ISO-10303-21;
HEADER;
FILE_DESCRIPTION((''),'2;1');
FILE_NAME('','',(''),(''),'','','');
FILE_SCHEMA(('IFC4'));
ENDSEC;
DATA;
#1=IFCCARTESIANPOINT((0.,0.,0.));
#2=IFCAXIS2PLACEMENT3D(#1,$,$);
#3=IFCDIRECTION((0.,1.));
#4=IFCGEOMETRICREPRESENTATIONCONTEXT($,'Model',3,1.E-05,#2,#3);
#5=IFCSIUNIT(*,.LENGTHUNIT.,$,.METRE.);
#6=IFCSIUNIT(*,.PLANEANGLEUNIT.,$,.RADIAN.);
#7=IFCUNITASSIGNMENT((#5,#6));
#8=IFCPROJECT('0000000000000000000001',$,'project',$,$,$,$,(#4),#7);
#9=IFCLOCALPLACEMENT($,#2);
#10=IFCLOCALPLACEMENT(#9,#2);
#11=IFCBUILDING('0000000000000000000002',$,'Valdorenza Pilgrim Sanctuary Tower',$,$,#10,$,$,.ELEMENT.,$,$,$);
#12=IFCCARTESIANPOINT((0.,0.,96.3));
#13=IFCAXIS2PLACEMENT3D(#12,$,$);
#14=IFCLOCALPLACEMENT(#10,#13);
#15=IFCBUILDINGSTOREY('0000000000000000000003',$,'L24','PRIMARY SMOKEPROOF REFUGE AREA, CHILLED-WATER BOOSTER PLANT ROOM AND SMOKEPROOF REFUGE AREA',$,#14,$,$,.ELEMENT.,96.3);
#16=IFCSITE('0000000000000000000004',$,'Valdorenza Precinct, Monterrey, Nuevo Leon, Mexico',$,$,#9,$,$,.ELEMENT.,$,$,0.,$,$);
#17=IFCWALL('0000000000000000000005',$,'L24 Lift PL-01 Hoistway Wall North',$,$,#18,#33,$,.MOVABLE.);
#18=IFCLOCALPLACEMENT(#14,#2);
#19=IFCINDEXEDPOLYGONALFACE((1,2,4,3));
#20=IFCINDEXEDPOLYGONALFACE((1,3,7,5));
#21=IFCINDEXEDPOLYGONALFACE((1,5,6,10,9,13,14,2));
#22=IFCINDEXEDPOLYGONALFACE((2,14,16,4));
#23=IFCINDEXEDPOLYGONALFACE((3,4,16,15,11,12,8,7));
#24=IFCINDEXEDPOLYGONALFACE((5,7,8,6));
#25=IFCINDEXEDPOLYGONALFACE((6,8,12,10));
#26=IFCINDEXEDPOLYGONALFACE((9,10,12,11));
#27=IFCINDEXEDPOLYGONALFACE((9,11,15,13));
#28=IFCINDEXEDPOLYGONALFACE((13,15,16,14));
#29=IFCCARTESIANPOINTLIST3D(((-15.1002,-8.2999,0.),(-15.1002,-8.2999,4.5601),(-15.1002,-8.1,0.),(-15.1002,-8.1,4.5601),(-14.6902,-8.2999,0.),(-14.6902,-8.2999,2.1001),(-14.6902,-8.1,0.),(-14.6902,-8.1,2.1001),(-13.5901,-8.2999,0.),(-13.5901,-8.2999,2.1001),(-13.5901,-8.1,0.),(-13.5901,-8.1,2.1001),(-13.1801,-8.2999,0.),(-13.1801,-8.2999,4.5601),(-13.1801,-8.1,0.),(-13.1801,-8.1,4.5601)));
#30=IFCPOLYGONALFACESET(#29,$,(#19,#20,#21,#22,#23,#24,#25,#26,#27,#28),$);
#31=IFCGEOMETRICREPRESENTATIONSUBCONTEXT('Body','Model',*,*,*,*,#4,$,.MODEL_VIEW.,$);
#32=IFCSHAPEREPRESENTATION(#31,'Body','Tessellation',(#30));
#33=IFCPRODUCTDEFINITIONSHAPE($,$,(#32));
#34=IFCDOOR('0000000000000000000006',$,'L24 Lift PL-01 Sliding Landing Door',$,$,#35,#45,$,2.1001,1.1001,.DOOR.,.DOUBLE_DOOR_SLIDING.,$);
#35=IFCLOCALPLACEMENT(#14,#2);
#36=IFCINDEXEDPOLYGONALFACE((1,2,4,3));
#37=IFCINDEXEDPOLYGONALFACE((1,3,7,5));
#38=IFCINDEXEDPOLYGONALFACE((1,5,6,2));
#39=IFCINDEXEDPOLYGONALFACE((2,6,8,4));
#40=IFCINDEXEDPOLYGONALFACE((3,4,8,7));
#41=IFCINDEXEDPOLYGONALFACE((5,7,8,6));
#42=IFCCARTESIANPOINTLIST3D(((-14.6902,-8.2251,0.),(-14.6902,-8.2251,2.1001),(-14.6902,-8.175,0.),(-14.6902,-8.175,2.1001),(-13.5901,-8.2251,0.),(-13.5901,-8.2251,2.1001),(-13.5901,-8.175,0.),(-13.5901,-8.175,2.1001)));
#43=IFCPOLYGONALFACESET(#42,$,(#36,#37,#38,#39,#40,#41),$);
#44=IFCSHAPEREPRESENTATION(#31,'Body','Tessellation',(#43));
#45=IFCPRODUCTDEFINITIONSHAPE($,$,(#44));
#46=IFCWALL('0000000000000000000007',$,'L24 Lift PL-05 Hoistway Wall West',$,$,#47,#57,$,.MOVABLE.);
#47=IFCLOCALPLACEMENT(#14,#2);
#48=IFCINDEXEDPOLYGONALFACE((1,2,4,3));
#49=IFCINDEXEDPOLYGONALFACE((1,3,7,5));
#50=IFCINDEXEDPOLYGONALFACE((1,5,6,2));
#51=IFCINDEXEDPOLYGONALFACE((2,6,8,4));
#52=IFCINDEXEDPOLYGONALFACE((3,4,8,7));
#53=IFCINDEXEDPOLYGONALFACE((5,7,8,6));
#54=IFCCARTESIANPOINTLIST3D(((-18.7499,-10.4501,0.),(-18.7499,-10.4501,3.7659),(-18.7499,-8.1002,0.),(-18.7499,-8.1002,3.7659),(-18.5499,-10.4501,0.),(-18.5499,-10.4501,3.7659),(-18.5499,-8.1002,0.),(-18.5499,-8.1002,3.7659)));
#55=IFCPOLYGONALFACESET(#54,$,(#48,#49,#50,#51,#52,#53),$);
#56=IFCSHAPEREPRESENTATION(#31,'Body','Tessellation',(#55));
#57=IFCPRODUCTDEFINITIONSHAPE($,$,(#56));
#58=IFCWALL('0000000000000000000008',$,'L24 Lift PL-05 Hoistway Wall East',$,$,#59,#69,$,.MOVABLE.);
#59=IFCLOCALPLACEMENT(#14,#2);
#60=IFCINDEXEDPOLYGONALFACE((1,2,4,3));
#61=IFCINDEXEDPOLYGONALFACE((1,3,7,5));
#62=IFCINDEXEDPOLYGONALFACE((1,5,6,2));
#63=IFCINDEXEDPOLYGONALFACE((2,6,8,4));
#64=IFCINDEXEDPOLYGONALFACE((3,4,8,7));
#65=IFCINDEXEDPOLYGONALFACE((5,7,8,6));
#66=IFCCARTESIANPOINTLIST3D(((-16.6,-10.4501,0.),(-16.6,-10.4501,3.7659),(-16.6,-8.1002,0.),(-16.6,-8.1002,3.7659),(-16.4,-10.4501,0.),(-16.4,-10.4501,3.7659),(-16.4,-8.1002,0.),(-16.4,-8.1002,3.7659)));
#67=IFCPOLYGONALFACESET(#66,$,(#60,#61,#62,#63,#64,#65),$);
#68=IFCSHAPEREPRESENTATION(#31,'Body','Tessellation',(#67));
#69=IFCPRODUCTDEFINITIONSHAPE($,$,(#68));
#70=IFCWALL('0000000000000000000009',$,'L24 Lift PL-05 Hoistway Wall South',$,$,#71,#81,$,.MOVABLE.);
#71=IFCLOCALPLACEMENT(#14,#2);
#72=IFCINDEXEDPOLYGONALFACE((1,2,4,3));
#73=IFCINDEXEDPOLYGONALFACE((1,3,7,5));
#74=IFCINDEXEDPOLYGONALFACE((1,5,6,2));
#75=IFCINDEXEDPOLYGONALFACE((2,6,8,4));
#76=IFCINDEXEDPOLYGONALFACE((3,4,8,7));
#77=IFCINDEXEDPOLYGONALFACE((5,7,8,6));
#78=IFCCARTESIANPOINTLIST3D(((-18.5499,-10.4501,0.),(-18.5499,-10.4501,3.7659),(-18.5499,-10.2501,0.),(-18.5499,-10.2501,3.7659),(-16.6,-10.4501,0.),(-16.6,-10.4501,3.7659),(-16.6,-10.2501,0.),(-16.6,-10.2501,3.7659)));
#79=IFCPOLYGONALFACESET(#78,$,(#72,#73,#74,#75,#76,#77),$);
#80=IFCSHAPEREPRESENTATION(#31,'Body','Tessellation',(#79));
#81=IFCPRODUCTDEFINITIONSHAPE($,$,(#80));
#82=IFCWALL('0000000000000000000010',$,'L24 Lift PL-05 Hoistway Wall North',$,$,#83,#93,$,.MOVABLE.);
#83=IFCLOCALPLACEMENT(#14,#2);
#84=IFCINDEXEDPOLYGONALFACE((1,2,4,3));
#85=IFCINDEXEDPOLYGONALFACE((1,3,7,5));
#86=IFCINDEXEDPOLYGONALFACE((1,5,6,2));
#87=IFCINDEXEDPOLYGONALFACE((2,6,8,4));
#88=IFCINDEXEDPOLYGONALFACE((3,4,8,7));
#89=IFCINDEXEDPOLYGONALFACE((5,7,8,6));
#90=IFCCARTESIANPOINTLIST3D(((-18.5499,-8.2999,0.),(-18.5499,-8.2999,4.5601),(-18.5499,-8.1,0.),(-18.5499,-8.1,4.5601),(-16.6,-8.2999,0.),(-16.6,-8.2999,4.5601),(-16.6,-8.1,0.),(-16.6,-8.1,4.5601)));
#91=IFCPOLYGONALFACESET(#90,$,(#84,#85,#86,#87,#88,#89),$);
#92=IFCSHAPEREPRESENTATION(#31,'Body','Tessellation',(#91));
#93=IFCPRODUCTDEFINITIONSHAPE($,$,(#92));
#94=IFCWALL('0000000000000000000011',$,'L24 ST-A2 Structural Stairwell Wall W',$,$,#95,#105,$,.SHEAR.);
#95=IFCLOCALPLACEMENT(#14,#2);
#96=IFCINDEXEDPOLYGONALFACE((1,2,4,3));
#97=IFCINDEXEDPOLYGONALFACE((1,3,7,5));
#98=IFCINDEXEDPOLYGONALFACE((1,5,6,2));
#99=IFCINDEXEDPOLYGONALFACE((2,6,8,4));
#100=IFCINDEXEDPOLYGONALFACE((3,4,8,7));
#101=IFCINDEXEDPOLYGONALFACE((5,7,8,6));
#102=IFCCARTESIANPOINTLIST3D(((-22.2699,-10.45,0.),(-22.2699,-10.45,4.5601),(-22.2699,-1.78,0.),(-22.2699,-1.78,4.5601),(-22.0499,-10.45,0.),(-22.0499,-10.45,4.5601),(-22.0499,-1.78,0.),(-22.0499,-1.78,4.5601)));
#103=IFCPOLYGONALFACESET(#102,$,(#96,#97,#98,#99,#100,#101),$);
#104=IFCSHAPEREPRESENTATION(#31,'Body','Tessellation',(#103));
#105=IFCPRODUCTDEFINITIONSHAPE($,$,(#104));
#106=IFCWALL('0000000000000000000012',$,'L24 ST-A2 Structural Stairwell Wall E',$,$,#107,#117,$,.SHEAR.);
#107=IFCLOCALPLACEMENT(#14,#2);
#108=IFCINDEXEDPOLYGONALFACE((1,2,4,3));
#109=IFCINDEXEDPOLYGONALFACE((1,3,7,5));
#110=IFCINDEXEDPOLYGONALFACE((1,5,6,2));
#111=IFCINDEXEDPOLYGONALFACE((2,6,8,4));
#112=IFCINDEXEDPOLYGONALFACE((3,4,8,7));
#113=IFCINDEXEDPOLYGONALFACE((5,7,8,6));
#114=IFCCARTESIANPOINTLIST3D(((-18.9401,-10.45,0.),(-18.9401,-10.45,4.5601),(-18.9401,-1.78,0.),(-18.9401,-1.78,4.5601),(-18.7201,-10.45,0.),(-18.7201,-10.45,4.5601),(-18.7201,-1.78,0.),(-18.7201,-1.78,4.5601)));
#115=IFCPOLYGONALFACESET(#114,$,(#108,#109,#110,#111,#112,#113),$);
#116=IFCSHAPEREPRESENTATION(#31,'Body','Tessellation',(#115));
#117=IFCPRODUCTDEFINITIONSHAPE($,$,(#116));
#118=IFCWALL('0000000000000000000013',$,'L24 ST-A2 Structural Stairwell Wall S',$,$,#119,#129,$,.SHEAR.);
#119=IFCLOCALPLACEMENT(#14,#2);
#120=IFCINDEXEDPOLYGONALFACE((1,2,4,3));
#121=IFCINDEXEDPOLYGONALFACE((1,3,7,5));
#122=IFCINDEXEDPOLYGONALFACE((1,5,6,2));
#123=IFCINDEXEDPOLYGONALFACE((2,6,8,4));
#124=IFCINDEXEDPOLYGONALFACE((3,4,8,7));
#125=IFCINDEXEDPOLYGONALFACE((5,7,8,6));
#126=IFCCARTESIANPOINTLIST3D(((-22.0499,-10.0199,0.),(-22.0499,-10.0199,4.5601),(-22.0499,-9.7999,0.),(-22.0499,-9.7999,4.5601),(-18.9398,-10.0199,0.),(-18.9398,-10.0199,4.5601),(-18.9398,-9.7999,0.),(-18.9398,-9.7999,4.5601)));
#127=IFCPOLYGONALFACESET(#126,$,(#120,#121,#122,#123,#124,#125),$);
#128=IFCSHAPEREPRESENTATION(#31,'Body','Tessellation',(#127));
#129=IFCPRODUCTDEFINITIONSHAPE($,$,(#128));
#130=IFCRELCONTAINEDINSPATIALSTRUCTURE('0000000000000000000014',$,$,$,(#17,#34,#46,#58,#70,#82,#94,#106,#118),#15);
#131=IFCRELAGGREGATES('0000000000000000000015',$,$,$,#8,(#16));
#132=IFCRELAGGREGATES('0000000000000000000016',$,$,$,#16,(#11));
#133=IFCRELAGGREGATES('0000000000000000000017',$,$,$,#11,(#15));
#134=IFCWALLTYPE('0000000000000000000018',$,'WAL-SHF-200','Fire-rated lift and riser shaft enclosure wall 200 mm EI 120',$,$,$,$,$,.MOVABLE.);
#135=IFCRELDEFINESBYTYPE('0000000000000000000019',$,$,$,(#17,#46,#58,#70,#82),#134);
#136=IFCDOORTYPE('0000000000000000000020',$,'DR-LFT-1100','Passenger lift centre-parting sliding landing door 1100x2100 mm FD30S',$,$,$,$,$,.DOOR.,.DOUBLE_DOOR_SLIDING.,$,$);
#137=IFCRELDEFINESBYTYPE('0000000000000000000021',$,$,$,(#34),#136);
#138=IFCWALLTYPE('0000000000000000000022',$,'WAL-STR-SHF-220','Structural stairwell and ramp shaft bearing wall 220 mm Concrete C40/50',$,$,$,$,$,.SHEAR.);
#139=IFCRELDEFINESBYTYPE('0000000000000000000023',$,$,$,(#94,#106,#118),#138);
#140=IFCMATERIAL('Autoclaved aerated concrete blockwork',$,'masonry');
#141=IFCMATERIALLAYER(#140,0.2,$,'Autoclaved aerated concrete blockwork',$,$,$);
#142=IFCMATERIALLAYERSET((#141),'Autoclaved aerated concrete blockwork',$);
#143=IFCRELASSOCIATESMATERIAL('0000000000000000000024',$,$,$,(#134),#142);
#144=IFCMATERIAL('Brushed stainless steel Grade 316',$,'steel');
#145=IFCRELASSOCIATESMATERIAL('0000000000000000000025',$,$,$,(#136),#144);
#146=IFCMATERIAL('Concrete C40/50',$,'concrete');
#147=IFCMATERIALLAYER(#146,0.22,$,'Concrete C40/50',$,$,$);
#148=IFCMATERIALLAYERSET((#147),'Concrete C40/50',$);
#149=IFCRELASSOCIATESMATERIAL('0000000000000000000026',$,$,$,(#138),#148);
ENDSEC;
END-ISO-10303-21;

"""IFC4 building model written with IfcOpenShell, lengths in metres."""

from ifc_helpers import new_model, si_unit, direction, frame, frame_2d, origin, place, context, subcontext, project, spatial, rectangle, extrude, material, layer, layer_set, type_object, element, fill, save


model = new_model("IFC4")

# Units and contexts
model_context = context("Model", 3, precision=1e-05, world=origin(), true_north=direction((0.0, 1.0)))
body_context = subcontext(model_context, "Body", "Model", "MODEL_VIEW")
ifc_project = project(units=[si_unit("LENGTHUNIT", "METRE"), si_unit("PLANEANGLEUNIT", "RADIAN")], contexts=[model_context])

# Site, building, storey
site_placement = place(None, origin())
site = spatial("IfcSite", under=ifc_project, at=site_placement, Name="Valdorenza Precinct, Monterrey, Nuevo Leon, Mexico", CompositionType="ELEMENT", RefElevation=0.0)
building_placement = place(site_placement, origin())
building = spatial("IfcBuilding", under=site, at=building_placement, Name="Valdorenza Pilgrim Sanctuary Tower", CompositionType="ELEMENT")
storey_placement = place(building_placement, frame((0.0, 0.0, 96.3)))
storey = spatial("IfcBuildingStorey", under=building, at=storey_placement, Name="L24", Description="PRIMARY SMOKEPROOF REFUGE AREA, CHILLED-WATER BOOSTER PLANT ROOM AND SMOKEPROOF REFUGE AREA", CompositionType="ELEMENT", Elevation=96.3)

# Shared definitions
ifc_material_1 = material(Name="Autoclaved aerated concrete blockwork", Category="masonry")
ifc_layer_1 = layer(ifc_material_1, 0.2, Name="Autoclaved aerated concrete blockwork")
ifc_layer_set_1 = layer_set([ifc_layer_1], Name="Autoclaved aerated concrete blockwork")
wall_type_1 = type_object("IfcWallType", Name="WAL-SHF-200", Description="Fire-rated lift and riser shaft enclosure wall 200 mm EI 120", PredefinedType="MOVABLE", material=ifc_layer_set_1)

# Wall, opening, door
wall_1_placement = place(storey_placement, frame((-15.1001, -8.2, 0.0), z_axis=(0.0, 0.0, 1.0), x_axis=(1.0, 0.0, 0.0)))
wall_1 = element("IfcWall", 1, at=wall_1_placement, inside=storey, type_object=wall_type_1, Name="L24 Lift PL-01 Hoistway Wall North", PredefinedType="MOVABLE", context=body_context, shape_type="SweptSolid", body=[
    extrude(rectangle(XDim=1.9202, YDim=0.2, at=frame_2d((0.96, 0.0))), origin(), (0.0, 0.0, 1.0), 4.5601),
])
opening_1_placement = place(wall_1_placement, frame((0.4099, 0.0, 0.0)))
opening_1 = element("IfcOpeningElement", 2, at=opening_1_placement, cuts=wall_1, PredefinedType="OPENING", context=body_context, shape_type="SweptSolid", body=[
    extrude(rectangle(XDim=1.1001, YDim=2.1001, at=frame_2d((0.55, 1.05))), frame((0.0, 0.1147, 0.0), z_axis=(0.0, -1.0, 0.0), x_axis=(1.0, 0.0, 0.0)), (0.0, 0.0, 1.0), 0.2297),
])
ifc_material_2 = material(Name="Brushed stainless steel Grade 316", Category="steel")
door_type_1 = type_object("IfcDoorType", Name="DR-LFT-1100", Description="Passenger lift centre-parting sliding landing door 1100x2100 mm FD30S", OperationType="DOUBLE_DOOR_SLIDING", PredefinedType="DOOR", material=ifc_material_2)
door_1_placement = place(opening_1_placement, origin())
door_1 = element("IfcDoor", 3, at=door_1_placement, inside=storey, type_object=door_type_1, Name="L24 Lift PL-01 Sliding Landing Door", OperationType="DOUBLE_DOOR_SLIDING", OverallHeight=2.1001, OverallWidth=1.1001, PredefinedType="DOOR", context=body_context, shape_type="SweptSolid", body=[
    extrude(rectangle(XDim=1.1001, YDim=2.1001, at=frame_2d((0.55, 1.05))), frame((0.0, 0.0249, 0.0), z_axis=(0.0, -1.0, 0.0), x_axis=(1.0, 0.0, 0.0)), (0.0, 0.0, 1.0), 0.05),
])
fill(opening_1, door_1)

# Walls
for number, where, z_axis, x_axis, name in (
    (4, (-18.6499, -10.45, 0.0), (0.0, 0.0, 1.0), (0.0, 1.0, 0.0), "L24 Lift PL-05 Hoistway Wall West"),
    (5, (-16.5, -10.45, 0.0), (0.0, 0.0, 1.0), (0.0, 1.0, 0.0), "L24 Lift PL-05 Hoistway Wall East"),
):
    element("IfcWall", number, at=place(storey_placement, frame(where, z_axis=z_axis, x_axis=x_axis)), inside=storey, type_object=wall_type_1, Name=name, PredefinedType="MOVABLE", context=body_context, shape_type="SweptSolid", body=[
        extrude(rectangle(XDim=2.3499, YDim=0.2, at=frame_2d((1.1748, 0.0))), origin(), (0.0, 0.0, 1.0), 3.7659),
    ])
wall_2_placement = place(storey_placement, frame((-18.55, -10.3501, 0.0), z_axis=(0.0, 0.0, 1.0), x_axis=(1.0, 0.0, 0.0)))
element("IfcWall", 6, at=wall_2_placement, inside=storey, type_object=wall_type_1, Name="L24 Lift PL-05 Hoistway Wall South", PredefinedType="MOVABLE", context=body_context, shape_type="SweptSolid", body=[
    extrude(rectangle(XDim=1.95, YDim=0.2, at=frame_2d((0.9751, 0.0))), origin(), (0.0, 0.0, 1.0), 3.7659),
])
wall_3_placement = place(storey_placement, frame((-18.55, -8.2, 0.0), z_axis=(0.0, 0.0, 1.0), x_axis=(1.0, 0.0, 0.0)))
element("IfcWall", 7, at=wall_3_placement, inside=storey, type_object=wall_type_1, Name="L24 Lift PL-05 Hoistway Wall North", PredefinedType="MOVABLE", context=body_context, shape_type="SweptSolid", body=[
    extrude(rectangle(XDim=1.95, YDim=0.2, at=frame_2d((0.9751, 0.0))), origin(), (0.0, 0.0, 1.0), 4.5601),
])
ifc_material_3 = material(Name="Concrete C40/50", Category="concrete")
ifc_layer_2 = layer(ifc_material_3, 0.22, Name="Concrete C40/50")
ifc_layer_set_2 = layer_set([ifc_layer_2], Name="Concrete C40/50")
wall_type_2 = type_object("IfcWallType", Name="WAL-STR-SHF-220", Description="Structural stairwell and ramp shaft bearing wall 220 mm Concrete C40/50", PredefinedType="SHEAR", material=ifc_layer_set_2)
for number, where, z_axis, x_axis, name in (
    (8, (-22.1599, -10.45, 0.0), (0.0, 0.0, 1.0), (0.0, 1.0, 0.0), "L24 ST-A2 Structural Stairwell Wall W"),
    (9, (-18.8301, -10.45, 0.0), (0.0, 0.0, 1.0), (0.0, 1.0, 0.0), "L24 ST-A2 Structural Stairwell Wall E"),
):
    element("IfcWall", number, at=place(storey_placement, frame(where, z_axis=z_axis, x_axis=x_axis)), inside=storey, type_object=wall_type_2, Name=name, PredefinedType="SHEAR", context=body_context, shape_type="SweptSolid", body=[
        extrude(rectangle(XDim=8.6699, YDim=0.22, at=frame_2d((4.335, 0.0))), origin(), (0.0, 0.0, 1.0), 4.5601),
    ])
wall_4_placement = place(storey_placement, frame((-22.05, -9.9099, 0.0), z_axis=(0.0, 0.0, 1.0), x_axis=(1.0, 0.0, 0.0)))
element("IfcWall", 10, at=wall_4_placement, inside=storey, type_object=wall_type_2, Name="L24 ST-A2 Structural Stairwell Wall S", PredefinedType="SHEAR", context=body_context, shape_type="SweptSolid", body=[
    extrude(rectangle(XDim=3.1101, YDim=0.22, at=frame_2d((1.5552, 0.0))), origin(), (0.0, 0.0, 1.0), 4.5601),
])

save(model, "model.ifc")
